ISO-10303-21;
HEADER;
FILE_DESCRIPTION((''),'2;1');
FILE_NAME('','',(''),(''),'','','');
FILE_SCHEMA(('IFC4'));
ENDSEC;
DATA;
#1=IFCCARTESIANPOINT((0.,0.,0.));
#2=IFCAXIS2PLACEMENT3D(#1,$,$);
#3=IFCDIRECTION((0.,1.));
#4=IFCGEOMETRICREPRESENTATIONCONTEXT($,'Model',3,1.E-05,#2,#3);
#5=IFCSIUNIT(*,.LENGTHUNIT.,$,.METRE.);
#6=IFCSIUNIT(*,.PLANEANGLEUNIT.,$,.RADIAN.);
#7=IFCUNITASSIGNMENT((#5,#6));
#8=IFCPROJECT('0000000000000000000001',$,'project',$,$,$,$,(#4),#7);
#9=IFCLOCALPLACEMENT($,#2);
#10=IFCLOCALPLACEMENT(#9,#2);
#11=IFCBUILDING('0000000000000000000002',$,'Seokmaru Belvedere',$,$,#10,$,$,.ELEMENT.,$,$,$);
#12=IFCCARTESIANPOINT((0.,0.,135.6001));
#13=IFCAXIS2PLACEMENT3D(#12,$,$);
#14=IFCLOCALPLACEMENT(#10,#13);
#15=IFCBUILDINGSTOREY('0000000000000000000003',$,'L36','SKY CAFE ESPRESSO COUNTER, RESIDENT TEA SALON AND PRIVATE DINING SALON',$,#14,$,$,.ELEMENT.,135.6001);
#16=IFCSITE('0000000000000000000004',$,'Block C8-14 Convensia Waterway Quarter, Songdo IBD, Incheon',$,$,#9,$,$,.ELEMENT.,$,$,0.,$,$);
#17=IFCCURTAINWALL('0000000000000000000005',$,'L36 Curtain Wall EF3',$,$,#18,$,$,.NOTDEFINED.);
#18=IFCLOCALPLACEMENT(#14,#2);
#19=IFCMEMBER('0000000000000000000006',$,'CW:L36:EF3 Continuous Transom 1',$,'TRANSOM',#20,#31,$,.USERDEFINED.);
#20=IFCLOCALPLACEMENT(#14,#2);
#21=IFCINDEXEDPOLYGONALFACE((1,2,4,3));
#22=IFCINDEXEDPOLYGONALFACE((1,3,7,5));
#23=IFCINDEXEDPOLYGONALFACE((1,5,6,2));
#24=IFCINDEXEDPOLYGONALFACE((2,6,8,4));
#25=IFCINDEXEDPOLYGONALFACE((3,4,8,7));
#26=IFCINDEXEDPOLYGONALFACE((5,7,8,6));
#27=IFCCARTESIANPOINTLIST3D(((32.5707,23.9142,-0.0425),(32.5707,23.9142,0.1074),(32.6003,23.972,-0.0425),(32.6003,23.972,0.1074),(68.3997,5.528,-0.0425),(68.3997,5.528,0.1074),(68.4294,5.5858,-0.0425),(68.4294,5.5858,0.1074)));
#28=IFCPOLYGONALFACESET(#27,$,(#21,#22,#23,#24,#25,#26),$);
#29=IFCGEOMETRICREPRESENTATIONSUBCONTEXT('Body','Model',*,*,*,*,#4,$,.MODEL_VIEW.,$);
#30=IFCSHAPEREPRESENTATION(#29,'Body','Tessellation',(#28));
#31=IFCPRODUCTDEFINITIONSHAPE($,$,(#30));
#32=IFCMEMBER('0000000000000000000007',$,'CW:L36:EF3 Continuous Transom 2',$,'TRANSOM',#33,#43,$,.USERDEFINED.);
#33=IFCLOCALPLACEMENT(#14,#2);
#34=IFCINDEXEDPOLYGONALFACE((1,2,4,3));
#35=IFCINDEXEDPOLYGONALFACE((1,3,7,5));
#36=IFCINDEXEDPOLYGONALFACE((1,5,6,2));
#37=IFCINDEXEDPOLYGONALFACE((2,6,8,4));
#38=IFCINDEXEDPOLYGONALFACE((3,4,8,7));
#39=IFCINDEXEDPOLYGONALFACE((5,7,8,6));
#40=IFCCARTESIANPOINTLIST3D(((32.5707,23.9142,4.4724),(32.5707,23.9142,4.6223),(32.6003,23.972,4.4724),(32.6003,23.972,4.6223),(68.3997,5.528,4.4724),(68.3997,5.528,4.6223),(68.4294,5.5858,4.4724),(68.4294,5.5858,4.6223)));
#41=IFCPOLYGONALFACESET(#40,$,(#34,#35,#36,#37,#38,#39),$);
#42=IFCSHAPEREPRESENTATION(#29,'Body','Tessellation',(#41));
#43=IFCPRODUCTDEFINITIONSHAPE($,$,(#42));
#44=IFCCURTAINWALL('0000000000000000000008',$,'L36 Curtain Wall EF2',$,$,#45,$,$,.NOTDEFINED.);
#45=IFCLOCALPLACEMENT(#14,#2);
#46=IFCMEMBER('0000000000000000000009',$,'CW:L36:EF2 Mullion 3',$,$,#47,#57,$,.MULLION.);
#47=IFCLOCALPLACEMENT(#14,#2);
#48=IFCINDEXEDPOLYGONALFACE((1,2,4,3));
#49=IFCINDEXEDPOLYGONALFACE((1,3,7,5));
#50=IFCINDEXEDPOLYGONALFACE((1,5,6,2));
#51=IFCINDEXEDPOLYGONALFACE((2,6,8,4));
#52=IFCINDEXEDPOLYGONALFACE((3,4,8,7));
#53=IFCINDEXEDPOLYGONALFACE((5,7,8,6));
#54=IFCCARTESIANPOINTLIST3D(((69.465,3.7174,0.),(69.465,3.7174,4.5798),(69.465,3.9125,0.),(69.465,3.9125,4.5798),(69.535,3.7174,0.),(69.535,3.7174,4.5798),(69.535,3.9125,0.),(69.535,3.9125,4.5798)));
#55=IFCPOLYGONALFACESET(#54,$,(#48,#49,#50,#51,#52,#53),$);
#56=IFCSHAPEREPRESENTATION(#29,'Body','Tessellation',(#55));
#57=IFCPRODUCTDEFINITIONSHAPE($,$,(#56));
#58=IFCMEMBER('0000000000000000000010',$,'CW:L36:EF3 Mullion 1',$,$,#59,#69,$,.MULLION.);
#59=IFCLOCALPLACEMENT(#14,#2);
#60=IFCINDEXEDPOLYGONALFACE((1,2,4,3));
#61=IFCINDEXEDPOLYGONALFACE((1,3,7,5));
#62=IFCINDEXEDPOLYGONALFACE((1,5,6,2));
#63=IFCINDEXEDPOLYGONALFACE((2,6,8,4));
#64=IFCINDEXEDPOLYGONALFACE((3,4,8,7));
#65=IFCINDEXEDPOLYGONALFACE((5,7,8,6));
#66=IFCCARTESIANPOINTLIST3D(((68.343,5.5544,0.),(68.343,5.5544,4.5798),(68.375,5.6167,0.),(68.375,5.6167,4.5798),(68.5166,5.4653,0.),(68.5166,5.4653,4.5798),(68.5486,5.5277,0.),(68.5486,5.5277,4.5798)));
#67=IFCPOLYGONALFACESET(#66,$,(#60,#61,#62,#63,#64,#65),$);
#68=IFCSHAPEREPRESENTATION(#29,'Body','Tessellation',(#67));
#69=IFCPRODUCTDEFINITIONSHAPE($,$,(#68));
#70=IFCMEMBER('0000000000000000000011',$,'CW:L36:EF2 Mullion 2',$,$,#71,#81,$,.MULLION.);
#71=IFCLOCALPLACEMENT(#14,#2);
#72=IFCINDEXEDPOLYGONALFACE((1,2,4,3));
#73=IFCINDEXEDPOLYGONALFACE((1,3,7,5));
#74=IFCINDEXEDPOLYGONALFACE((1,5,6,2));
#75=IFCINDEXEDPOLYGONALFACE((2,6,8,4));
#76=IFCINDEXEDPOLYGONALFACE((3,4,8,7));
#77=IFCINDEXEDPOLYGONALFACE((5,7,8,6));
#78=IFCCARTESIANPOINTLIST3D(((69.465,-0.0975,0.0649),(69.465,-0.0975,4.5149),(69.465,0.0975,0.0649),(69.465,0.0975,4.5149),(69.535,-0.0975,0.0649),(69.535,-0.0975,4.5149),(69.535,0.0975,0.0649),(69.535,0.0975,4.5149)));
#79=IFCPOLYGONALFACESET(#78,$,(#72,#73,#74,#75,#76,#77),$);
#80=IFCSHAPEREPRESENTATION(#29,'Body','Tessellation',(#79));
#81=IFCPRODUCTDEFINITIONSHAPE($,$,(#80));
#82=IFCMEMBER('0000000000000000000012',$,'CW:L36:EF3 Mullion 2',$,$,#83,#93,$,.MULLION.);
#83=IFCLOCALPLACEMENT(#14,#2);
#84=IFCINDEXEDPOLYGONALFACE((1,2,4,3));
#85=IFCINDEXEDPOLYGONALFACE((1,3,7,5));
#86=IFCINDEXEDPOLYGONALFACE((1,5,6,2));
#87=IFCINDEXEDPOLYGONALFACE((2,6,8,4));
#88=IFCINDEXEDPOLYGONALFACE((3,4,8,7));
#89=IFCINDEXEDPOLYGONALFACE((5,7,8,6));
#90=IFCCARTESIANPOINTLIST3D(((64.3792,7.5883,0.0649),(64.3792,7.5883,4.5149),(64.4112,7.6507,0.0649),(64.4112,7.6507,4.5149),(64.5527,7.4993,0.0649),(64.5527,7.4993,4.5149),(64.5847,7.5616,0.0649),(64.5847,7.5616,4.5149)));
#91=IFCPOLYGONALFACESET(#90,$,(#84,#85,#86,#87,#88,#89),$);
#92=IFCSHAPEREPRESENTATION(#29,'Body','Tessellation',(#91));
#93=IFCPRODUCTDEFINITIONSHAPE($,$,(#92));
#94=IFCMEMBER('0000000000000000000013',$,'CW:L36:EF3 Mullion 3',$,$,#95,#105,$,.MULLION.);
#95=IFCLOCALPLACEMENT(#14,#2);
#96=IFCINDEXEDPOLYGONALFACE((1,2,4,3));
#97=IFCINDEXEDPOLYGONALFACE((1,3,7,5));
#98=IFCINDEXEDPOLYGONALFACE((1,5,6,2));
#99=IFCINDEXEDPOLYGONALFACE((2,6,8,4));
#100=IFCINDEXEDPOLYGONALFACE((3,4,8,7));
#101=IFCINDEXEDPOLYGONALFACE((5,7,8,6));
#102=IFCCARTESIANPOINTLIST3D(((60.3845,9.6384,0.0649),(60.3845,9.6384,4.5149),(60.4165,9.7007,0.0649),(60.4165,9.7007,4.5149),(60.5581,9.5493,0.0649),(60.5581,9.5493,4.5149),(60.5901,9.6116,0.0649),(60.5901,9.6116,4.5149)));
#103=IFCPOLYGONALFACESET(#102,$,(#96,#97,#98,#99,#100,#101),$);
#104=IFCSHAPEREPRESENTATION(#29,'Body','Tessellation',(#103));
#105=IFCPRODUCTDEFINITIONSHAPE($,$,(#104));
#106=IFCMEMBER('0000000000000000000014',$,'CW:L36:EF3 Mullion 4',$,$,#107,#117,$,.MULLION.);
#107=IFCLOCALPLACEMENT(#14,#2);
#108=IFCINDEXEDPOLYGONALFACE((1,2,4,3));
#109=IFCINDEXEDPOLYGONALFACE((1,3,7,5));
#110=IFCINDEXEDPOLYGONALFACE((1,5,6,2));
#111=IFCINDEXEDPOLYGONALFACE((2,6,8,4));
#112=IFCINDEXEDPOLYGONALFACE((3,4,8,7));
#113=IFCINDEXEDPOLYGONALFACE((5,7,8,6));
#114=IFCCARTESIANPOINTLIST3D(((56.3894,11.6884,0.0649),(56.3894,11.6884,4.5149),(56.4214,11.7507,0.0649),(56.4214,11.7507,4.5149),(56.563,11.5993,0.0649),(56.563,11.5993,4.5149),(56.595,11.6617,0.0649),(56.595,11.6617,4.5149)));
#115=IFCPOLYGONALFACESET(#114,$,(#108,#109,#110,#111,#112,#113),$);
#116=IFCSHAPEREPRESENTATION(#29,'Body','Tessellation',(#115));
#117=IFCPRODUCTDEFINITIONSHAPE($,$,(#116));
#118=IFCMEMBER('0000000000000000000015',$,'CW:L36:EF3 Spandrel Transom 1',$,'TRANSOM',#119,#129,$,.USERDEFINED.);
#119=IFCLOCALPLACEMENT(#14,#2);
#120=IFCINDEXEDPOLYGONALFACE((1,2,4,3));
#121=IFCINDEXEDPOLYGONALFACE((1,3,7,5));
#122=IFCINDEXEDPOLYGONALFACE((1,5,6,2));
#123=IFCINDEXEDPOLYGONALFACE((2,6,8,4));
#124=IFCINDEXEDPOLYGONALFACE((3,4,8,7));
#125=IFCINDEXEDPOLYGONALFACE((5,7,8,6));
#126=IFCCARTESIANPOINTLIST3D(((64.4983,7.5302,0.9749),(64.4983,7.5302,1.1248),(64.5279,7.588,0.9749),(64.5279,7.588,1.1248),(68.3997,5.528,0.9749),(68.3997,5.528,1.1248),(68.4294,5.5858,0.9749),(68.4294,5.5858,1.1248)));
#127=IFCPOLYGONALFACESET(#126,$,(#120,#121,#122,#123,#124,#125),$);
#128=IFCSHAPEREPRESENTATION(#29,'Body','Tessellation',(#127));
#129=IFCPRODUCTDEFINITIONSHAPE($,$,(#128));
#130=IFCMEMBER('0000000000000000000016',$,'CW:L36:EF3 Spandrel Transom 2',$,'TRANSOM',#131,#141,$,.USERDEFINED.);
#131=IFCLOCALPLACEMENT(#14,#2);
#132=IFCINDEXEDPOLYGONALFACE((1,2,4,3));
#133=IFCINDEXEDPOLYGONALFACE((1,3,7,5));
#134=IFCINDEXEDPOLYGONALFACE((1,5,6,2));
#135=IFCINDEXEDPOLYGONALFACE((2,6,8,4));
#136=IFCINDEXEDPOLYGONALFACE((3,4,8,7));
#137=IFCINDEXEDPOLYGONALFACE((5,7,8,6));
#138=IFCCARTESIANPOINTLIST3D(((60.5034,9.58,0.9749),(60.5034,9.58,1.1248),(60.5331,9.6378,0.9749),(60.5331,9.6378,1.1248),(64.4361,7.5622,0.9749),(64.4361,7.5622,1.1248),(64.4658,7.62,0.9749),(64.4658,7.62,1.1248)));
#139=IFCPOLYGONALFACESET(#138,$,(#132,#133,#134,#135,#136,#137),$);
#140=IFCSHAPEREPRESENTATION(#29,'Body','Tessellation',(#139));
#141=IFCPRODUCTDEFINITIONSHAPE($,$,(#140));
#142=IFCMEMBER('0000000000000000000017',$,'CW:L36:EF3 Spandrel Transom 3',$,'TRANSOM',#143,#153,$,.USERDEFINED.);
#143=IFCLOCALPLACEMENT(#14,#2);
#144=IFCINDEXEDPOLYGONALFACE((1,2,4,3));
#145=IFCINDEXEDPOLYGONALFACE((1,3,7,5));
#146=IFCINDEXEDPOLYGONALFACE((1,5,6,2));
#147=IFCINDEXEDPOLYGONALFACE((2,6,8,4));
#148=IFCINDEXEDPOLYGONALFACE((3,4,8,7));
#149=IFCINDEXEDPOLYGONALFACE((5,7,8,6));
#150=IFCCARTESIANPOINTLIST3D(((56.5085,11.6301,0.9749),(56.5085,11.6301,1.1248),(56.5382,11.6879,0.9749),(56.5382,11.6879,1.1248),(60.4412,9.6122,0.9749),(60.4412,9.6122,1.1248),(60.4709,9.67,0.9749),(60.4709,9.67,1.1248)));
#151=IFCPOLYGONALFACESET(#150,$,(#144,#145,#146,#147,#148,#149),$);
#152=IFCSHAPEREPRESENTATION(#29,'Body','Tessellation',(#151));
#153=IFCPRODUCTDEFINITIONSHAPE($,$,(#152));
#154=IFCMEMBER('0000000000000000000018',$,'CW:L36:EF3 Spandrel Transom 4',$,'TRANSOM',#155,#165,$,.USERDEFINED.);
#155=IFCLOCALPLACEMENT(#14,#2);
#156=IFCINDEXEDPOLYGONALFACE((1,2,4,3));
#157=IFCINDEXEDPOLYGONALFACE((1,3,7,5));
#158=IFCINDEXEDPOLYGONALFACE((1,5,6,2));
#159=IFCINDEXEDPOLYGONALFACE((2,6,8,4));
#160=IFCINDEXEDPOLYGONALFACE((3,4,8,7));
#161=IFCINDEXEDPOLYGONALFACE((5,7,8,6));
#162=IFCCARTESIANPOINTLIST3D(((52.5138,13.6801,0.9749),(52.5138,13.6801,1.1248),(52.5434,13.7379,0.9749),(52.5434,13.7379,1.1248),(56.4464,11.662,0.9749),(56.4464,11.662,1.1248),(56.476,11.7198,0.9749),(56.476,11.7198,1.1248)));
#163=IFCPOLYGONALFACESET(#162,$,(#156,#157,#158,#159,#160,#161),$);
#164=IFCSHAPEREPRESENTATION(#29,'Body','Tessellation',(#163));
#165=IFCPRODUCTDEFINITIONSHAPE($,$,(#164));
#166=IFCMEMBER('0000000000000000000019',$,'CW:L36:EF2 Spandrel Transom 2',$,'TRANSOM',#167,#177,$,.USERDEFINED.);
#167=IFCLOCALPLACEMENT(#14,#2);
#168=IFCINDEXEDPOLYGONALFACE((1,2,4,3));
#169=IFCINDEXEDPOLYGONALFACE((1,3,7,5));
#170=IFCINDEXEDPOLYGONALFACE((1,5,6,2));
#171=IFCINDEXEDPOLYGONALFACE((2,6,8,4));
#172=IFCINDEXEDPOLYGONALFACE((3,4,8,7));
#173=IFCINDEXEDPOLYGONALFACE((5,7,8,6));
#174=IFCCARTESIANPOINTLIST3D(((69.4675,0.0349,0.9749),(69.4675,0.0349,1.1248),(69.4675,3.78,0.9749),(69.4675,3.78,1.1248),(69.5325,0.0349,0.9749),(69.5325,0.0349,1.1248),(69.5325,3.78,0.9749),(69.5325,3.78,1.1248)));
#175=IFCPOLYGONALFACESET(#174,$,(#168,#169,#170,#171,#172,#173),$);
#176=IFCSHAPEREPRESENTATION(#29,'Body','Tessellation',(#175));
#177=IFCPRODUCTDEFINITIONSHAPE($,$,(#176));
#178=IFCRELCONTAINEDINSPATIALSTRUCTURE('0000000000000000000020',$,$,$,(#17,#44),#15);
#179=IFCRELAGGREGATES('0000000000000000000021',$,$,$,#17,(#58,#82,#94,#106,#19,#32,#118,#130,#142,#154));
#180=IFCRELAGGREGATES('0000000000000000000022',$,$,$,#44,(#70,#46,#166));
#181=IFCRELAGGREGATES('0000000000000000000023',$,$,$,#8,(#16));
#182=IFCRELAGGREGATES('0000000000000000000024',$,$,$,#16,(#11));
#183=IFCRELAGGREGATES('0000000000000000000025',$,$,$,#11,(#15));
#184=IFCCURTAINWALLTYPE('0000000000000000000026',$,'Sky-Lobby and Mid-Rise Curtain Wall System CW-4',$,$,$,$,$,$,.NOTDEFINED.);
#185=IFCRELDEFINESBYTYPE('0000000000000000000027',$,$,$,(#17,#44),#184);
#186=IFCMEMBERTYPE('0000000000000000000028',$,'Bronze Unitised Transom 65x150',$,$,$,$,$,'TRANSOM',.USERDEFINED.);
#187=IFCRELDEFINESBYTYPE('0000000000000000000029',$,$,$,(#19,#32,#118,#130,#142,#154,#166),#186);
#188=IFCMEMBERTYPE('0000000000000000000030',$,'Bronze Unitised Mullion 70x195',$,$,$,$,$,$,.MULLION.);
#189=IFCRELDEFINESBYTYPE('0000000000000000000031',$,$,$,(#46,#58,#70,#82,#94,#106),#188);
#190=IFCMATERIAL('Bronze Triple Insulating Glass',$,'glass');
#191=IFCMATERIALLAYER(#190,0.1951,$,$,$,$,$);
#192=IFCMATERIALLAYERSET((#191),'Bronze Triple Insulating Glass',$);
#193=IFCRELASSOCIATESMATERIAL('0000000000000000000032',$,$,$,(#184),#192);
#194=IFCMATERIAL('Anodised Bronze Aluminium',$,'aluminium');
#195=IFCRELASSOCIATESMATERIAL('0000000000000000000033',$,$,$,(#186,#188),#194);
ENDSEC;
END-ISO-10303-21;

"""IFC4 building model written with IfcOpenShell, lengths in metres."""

from ifc_helpers import new_model, si_unit, direction, frame, origin, origin_2d, place, context, subcontext, project, spatial, rectangle, extrude, source, transform, mapped, material, layer, layer_set, material_profile, profile_set, type_object, type_shapes, element, aggregate, save


model = new_model("IFC4")

# Units and contexts
model_context = context("Model", 3, precision=1e-05, world=origin(), true_north=direction((0.0, 1.0)))
body_context = subcontext(model_context, "Body", "Model", "MODEL_VIEW")
ifc_project = project(units=[si_unit("LENGTHUNIT", "METRE"), si_unit("PLANEANGLEUNIT", "RADIAN")], contexts=[model_context])

# Site, building, storey
site_placement = place(None, origin())
site = spatial("IfcSite", under=ifc_project, at=site_placement, Name="Block C8-14 Convensia Waterway Quarter, Songdo IBD, Incheon", CompositionType="ELEMENT", RefElevation=0.0)
building_placement = place(site_placement, origin())
building = spatial("IfcBuilding", under=site, at=building_placement, Name="Seokmaru Belvedere", CompositionType="ELEMENT")
storey_placement = place(building_placement, frame((0.0, 0.0, 135.6001)))
storey = spatial("IfcBuildingStorey", under=building, at=storey_placement, Name="L36", Description="SKY CAFE ESPRESSO COUNTER, RESIDENT TEA SALON AND PRIVATE DINING SALON", CompositionType="ELEMENT", Elevation=135.6001)

# Curtain wall, members
ifc_material_1 = material(Name="Bronze Triple Insulating Glass", Category="glass")
ifc_layer_1 = layer(ifc_material_1, 0.1951)
ifc_layer_set_1 = layer_set([ifc_layer_1], Name="Bronze Triple Insulating Glass")
curtain_wall_type = type_object("IfcCurtainWallType", Name="Sky-Lobby and Mid-Rise Curtain Wall System CW-4", PredefinedType="NOTDEFINED", material=ifc_layer_set_1)
curtain_wall_1_placement = place(storey_placement, origin())
curtain_wall_1 = element("IfcCurtainWall", 1, at=curtain_wall_1_placement, inside=storey, type_object=curtain_wall_type, Name="L36 Curtain Wall EF3", PredefinedType="NOTDEFINED")
ifc_material_2 = material(Name="Anodised Bronze Aluminium", Category="aluminium")
ifc_material_profile_1 = material_profile(ifc_material_2, rectangle(XDim=0.0649, YDim=0.1499, at=origin_2d()), Name="CW-T-65x150")
ifc_profile_set_1 = profile_set([ifc_material_profile_1], Name="Anodised Bronze Aluminium")
member_type_1 = type_object("IfcMemberType", Name="Bronze Unitised Transom 65x150", ElementType="TRANSOM", PredefinedType="USERDEFINED", material=ifc_profile_set_1)
shared_shape_1 = source(origin(), body_context, "Body", "SweptSolid", [
    extrude(rectangle(XDim=0.0649, YDim=0.1499, at=origin_2d()), origin(), (0.0, 0.0, 1.0), 40.2712),
])
member_1_placement = place(storey_placement, frame((68.4146, 5.5569, 0.0325), z_axis=(-0.889693, 0.456559, 0.0), x_axis=(-0.456559, -0.889693, 0.0)))
member_1 = element("IfcMember", 2, at=member_1_placement, type_object=member_type_1, Name="CW:L36:EF3 Continuous Transom 1", ObjectType="TRANSOM", PredefinedType="USERDEFINED", context=body_context, shape_type="MappedRepresentation", body=[
    mapped(shared_shape_1, transform((0.0, 0.0, 0.0), scale=1.0)),
])
member_2_placement = place(storey_placement, frame((68.4146, 5.5569, 4.5474), z_axis=(-0.889693, 0.456559, 0.0), x_axis=(-0.456559, -0.889693, 0.0)))
member_2 = element("IfcMember", 3, at=member_2_placement, type_object=member_type_1, Name="CW:L36:EF3 Continuous Transom 2", ObjectType="TRANSOM", PredefinedType="USERDEFINED", context=body_context, shape_type="MappedRepresentation", body=[
    mapped(shared_shape_1, transform((0.0, 0.0, 0.0), scale=1.0)),
])

# Curtain wall, member
curtain_wall_2_placement = place(storey_placement, origin())
curtain_wall_2 = element("IfcCurtainWall", 4, at=curtain_wall_2_placement, inside=storey, type_object=curtain_wall_type, Name="L36 Curtain Wall EF2", PredefinedType="NOTDEFINED")
ifc_material_profile_2 = material_profile(ifc_material_2, rectangle(XDim=0.0701, YDim=0.1951, at=origin_2d()), Name="CW-M-70x195")
ifc_profile_set_2 = profile_set([ifc_material_profile_2], Name="Anodised Bronze Aluminium")
member_type_2 = type_object("IfcMemberType", Name="Bronze Unitised Mullion 70x195", PredefinedType="MULLION", material=ifc_profile_set_2)
shared_shape_2 = source(origin(), body_context, "Body", "SweptSolid", [
    extrude(rectangle(XDim=0.0701, YDim=0.1951, at=origin_2d()), origin(), (0.0, 0.0, 1.0), 4.5798),
])
member_3_placement = place(storey_placement, frame((69.5, 3.8149, 0.0), z_axis=(0.0, 0.0, 1.0), x_axis=(-1.0, 0.0, 0.0)))
member_3 = element("IfcMember", 5, at=member_3_placement, type_object=member_type_2, Name="CW:L36:EF2 Mullion 3", PredefinedType="MULLION", context=body_context, shape_type="MappedRepresentation", body=[
    mapped(shared_shape_2, transform((0.0, 0.0, 0.0), scale=1.0)),
])

# Members
member_4_placement = place(storey_placement, frame((68.4458, 5.541, 0.0), z_axis=(0.0, 0.0, 1.0), x_axis=(-0.456555, -0.889695, 0.0)))
member_4 = element("IfcMember", 6, at=member_4_placement, type_object=member_type_2, Name="CW:L36:EF3 Mullion 1", PredefinedType="MULLION", context=body_context, shape_type="MappedRepresentation", body=[
    mapped(shared_shape_2, transform((0.0, 0.0, 0.0), scale=1.0)),
])
shared_shape_3 = source(origin(), body_context, "Body", "SweptSolid", [
    extrude(rectangle(XDim=0.0701, YDim=0.1951, at=origin_2d()), origin(), (0.0, 0.0, 1.0), 4.45),
])
type_shapes(member_type_2, [shared_shape_2, shared_shape_3])
member_5_placement = place(storey_placement, frame((69.5, 0.0, 0.0649), z_axis=(0.0, 0.0, 1.0), x_axis=(-1.0, 0.0, 0.0)))
member_5 = element("IfcMember", 7, at=member_5_placement, type_object=member_type_2, Name="CW:L36:EF2 Mullion 2", PredefinedType="MULLION", context=body_context, shape_type="MappedRepresentation", body=[
    mapped(shared_shape_3, transform((0.0, 0.0, 0.0), scale=1.0)),
])
member_6_placement = place(storey_placement, frame((64.4819, 7.575, 0.0649), z_axis=(0.0, 0.0, 1.0), x_axis=(-0.456555, -0.889695, 0.0)))
member_6 = element("IfcMember", 8, at=member_6_placement, type_object=member_type_2, Name="CW:L36:EF3 Mullion 2", PredefinedType="MULLION", context=body_context, shape_type="MappedRepresentation", body=[
    mapped(shared_shape_3, transform((0.0, 0.0, 0.0), scale=1.0)),
])
member_7_placement = place(storey_placement, frame((60.4873, 9.625, 0.0649), z_axis=(0.0, 0.0, 1.0), x_axis=(-0.456555, -0.889695, 0.0)))
member_7 = element("IfcMember", 9, at=member_7_placement, type_object=member_type_2, Name="CW:L36:EF3 Mullion 3", PredefinedType="MULLION", context=body_context, shape_type="MappedRepresentation", body=[
    mapped(shared_shape_3, transform((0.0, 0.0, 0.0), scale=1.0)),
])
member_8_placement = place(storey_placement, frame((56.4922, 11.675, 0.0649), z_axis=(0.0, 0.0, 1.0), x_axis=(-0.456555, -0.889695, 0.0)))
member_8 = element("IfcMember", 10, at=member_8_placement, type_object=member_type_2, Name="CW:L36:EF3 Mullion 4", PredefinedType="MULLION", context=body_context, shape_type="MappedRepresentation", body=[
    mapped(shared_shape_3, transform((0.0, 0.0, 0.0), scale=1.0)),
])
shared_shape_4 = source(origin(), body_context, "Body", "SweptSolid", [
    extrude(rectangle(XDim=0.0649, YDim=0.1499, at=origin_2d()), origin(), (0.0, 0.0, 1.0), 4.3853),
])
member_9_placement = place(storey_placement, frame((68.4146, 5.5569, 1.0498), z_axis=(-0.889679, 0.456587, 0.0), x_axis=(-0.456587, -0.889679, 0.0)))
member_9 = element("IfcMember", 11, at=member_9_placement, type_object=member_type_1, Name="CW:L36:EF3 Spandrel Transom 1", ObjectType="TRANSOM", PredefinedType="USERDEFINED", context=body_context, shape_type="MappedRepresentation", body=[
    mapped(shared_shape_4, transform((0.0, 0.0, 0.0), scale=1.0)),
])
shared_shape_5 = source(origin(), body_context, "Body", "SweptSolid", [
    extrude(rectangle(XDim=0.0649, YDim=0.1499, at=origin_2d()), origin(), (0.0, 0.0, 1.0), 4.4202),
])
member_10_placement = place(storey_placement, frame((64.4509, 7.5911, 1.0498), z_axis=(-0.889717, 0.456513, 0.0), x_axis=(-0.456513, -0.889717, 0.0)))
member_10 = element("IfcMember", 12, at=member_10_placement, type_object=member_type_1, Name="CW:L36:EF3 Spandrel Transom 2", ObjectType="TRANSOM", PredefinedType="USERDEFINED", context=body_context, shape_type="MappedRepresentation", body=[
    mapped(shared_shape_5, transform((0.0, 0.0, 0.0), scale=1.0)),
])
member_11_placement = place(storey_placement, frame((60.4561, 9.6411, 1.0498), z_axis=(-0.889717, 0.456513, 0.0), x_axis=(-0.456513, -0.889717, 0.0)))
member_11 = element("IfcMember", 13, at=member_11_placement, type_object=member_type_1, Name="CW:L36:EF3 Spandrel Transom 3", ObjectType="TRANSOM", PredefinedType="USERDEFINED", context=body_context, shape_type="MappedRepresentation", body=[
    mapped(shared_shape_5, transform((0.0, 0.0, 0.0), scale=1.0)),
])
member_12_placement = place(storey_placement, frame((56.4612, 11.6909, 1.0498), z_axis=(-0.889694, 0.456557, 0.0), x_axis=(-0.456557, -0.889694, 0.0)))
member_12 = element("IfcMember", 14, at=member_12_placement, type_object=member_type_1, Name="CW:L36:EF3 Spandrel Transom 4", ObjectType="TRANSOM", PredefinedType="USERDEFINED", context=body_context, shape_type="MappedRepresentation", body=[
    mapped(shared_shape_5, transform((0.0, 0.0, 0.0), scale=1.0)),
])
shared_shape_6 = source(origin(), body_context, "Body", "SweptSolid", [
    extrude(rectangle(XDim=0.0649, YDim=0.1499, at=origin_2d()), origin(), (0.0, 0.0, 1.0), 3.7451),
])
type_shapes(member_type_1, [shared_shape_1, shared_shape_4, shared_shape_5, shared_shape_6])
member_13_placement = place(storey_placement, frame((69.5, 0.0349, 1.0498), z_axis=(0.0, 1.0, 0.0), x_axis=(-1.0, 0.0, 0.0)))
member_13 = element("IfcMember", 15, at=member_13_placement, type_object=member_type_1, Name="CW:L36:EF2 Spandrel Transom 2", ObjectType="TRANSOM", PredefinedType="USERDEFINED", context=body_context, shape_type="MappedRepresentation", body=[
    mapped(shared_shape_6, transform((0.0, 0.0, 0.0), scale=1.0)),
])

aggregate(curtain_wall_1, [member_4, member_6, member_7, member_8, member_1, member_2, member_9, member_10, member_11, member_12])
aggregate(curtain_wall_2, [member_5, member_3, member_13])

save(model, "model.ifc")
